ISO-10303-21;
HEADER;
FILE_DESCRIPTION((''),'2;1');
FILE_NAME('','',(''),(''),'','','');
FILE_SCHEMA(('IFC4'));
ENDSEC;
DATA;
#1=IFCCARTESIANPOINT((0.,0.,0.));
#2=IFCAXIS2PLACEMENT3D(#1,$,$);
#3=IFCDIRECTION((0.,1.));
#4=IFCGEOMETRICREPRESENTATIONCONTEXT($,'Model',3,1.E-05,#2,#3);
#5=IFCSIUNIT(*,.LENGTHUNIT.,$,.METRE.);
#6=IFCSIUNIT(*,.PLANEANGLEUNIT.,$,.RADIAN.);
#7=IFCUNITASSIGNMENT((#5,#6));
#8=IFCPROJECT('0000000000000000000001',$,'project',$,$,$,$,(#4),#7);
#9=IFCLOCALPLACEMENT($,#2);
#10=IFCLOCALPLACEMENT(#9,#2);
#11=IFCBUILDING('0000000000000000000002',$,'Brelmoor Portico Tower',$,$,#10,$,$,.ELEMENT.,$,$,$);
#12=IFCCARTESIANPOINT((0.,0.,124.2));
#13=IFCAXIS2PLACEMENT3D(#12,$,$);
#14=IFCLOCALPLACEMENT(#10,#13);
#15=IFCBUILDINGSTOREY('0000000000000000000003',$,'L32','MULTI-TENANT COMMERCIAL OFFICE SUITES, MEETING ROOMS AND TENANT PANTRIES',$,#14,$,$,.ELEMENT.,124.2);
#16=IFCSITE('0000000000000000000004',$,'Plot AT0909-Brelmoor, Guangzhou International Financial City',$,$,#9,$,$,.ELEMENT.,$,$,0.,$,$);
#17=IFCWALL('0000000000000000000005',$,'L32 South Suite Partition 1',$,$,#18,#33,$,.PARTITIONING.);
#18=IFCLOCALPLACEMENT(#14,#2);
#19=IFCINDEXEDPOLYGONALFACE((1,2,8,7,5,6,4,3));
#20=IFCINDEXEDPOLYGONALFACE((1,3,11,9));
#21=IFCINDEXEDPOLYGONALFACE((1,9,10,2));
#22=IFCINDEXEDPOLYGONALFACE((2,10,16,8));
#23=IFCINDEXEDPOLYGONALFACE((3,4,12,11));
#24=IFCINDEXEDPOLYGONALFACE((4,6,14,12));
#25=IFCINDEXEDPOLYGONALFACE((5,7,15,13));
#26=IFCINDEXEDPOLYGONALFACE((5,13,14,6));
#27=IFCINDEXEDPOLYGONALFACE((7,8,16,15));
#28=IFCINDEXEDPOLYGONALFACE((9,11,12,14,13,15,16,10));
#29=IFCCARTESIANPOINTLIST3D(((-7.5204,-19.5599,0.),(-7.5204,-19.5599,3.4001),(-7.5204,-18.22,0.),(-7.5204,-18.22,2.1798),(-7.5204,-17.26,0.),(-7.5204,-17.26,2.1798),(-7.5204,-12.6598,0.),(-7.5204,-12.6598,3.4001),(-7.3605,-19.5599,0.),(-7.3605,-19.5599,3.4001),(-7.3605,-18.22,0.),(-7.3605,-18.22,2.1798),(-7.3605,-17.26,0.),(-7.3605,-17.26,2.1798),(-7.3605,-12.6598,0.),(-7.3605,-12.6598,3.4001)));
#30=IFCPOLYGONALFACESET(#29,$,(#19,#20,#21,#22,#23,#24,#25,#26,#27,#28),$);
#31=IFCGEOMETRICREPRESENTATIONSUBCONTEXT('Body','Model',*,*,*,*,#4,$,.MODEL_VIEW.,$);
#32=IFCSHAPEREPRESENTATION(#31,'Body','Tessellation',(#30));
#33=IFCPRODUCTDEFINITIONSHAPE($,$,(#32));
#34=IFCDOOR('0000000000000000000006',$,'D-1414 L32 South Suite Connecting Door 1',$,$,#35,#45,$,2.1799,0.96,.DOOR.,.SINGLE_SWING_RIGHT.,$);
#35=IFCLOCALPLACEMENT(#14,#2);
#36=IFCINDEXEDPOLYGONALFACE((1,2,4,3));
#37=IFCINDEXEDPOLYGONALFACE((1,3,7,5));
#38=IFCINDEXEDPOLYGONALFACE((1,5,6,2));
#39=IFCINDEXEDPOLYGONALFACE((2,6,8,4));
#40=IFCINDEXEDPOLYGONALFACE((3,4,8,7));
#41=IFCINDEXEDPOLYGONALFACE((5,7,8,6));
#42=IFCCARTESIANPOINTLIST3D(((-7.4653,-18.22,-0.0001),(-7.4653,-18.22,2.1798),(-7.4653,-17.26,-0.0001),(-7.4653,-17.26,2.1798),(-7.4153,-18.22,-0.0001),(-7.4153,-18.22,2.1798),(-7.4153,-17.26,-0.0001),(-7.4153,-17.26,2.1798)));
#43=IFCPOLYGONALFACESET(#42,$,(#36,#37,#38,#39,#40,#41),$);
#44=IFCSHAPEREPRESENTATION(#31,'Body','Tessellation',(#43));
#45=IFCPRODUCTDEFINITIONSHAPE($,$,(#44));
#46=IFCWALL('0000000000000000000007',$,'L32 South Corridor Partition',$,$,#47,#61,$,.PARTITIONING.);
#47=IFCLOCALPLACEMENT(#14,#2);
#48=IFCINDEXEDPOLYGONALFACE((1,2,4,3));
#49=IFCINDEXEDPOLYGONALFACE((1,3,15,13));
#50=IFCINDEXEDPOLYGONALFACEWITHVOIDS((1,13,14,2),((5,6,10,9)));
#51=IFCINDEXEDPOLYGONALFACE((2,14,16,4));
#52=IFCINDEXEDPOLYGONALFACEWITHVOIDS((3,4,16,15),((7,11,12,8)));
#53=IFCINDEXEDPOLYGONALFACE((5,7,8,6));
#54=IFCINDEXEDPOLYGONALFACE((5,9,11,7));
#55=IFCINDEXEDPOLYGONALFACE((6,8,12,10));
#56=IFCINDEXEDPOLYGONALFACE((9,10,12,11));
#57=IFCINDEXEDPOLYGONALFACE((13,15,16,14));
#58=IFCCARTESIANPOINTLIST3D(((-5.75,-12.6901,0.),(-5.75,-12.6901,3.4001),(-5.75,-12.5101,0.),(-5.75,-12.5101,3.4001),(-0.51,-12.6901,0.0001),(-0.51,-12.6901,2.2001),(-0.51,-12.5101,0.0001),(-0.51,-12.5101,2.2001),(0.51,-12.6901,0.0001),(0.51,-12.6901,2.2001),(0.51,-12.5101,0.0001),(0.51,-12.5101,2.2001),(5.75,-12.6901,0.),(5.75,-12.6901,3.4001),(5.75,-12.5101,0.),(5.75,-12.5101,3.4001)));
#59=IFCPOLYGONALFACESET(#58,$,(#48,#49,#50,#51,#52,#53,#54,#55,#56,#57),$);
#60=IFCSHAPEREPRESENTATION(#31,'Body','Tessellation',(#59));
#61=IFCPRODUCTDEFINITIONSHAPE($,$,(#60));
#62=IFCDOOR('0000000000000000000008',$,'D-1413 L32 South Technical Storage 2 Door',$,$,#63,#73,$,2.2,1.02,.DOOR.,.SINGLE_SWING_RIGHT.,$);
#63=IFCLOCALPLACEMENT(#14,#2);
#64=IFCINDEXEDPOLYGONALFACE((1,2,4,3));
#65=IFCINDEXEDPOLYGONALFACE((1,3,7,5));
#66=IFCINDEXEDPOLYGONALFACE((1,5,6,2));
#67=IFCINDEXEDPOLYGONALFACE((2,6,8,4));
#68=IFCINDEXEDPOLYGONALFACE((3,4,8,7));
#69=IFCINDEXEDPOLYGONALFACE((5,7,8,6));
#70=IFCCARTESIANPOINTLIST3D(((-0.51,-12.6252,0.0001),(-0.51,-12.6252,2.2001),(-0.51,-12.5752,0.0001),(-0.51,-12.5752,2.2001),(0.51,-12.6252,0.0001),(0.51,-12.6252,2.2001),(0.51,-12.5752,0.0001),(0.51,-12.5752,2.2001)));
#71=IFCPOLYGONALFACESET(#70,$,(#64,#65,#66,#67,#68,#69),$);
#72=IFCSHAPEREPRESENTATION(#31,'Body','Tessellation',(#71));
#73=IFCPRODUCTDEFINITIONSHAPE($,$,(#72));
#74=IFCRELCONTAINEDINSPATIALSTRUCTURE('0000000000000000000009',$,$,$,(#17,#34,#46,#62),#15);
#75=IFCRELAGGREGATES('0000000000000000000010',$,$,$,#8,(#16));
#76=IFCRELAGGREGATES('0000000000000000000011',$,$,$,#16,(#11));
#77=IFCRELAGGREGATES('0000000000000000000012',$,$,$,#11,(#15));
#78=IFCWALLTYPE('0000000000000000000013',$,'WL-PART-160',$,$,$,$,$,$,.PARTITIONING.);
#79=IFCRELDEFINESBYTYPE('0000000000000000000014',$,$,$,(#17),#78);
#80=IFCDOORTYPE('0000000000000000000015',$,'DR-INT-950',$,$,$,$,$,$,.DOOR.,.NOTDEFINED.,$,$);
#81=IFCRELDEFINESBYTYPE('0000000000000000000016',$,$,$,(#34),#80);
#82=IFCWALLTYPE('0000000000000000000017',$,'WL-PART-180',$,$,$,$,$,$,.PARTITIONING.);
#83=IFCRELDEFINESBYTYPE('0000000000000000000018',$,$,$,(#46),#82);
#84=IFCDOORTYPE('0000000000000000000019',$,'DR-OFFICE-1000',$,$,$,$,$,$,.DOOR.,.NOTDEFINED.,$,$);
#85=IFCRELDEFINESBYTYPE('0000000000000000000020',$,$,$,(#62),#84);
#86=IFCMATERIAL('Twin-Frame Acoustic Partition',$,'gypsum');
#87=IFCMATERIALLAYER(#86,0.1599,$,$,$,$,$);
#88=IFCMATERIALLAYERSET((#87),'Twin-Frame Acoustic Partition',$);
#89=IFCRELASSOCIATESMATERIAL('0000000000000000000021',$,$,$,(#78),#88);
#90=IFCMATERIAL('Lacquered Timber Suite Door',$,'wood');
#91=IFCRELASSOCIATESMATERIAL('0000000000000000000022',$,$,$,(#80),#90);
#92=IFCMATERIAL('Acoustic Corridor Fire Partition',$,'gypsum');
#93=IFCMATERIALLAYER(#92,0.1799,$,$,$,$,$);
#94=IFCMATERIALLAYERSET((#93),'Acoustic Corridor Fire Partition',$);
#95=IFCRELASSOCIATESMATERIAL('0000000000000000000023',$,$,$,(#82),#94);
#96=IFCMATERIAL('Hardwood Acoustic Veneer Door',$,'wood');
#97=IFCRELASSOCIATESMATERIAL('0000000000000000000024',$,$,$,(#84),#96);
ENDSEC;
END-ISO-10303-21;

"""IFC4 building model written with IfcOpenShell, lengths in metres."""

from ifc_helpers import new_model, si_unit, direction, frame, frame_2d, origin, place, context, subcontext, project, spatial, rectangle, extrude, material, layer, layer_set, type_object, element, fill, save


model = new_model("IFC4")

# Units and contexts
model_context = context("Model", 3, precision=1e-05, world=origin(), true_north=direction((0.0, 1.0)))
body_context = subcontext(model_context, "Body", "Model", "MODEL_VIEW")
ifc_project = project(units=[si_unit("LENGTHUNIT", "METRE"), si_unit("PLANEANGLEUNIT", "RADIAN")], contexts=[model_context])

# Site, building, storey
site_placement = place(None, origin())
site = spatial("IfcSite", under=ifc_project, at=site_placement, Name="Plot AT0909-Brelmoor, Guangzhou International Financial City", CompositionType="ELEMENT", RefElevation=0.0)
building_placement = place(site_placement, origin())
building = spatial("IfcBuilding", under=site, at=building_placement, Name="Brelmoor Portico Tower", CompositionType="ELEMENT")
storey_placement = place(building_placement, frame((0.0, 0.0, 124.2)))
storey = spatial("IfcBuildingStorey", under=building, at=storey_placement, Name="L32", Description="MULTI-TENANT COMMERCIAL OFFICE SUITES, MEETING ROOMS AND TENANT PANTRIES", CompositionType="ELEMENT", Elevation=124.2)

# Walls, openings, doors
ifc_material_1 = material(Name="Twin-Frame Acoustic Partition", Category="gypsum")
ifc_layer_1 = layer(ifc_material_1, 0.1599)
ifc_layer_set_1 = layer_set([ifc_layer_1], Name="Twin-Frame Acoustic Partition")
wall_type_1 = type_object("IfcWallType", Name="WL-PART-160", PredefinedType="PARTITIONING", material=ifc_layer_set_1)
wall_1_placement = place(storey_placement, frame((-7.4404, -19.5601, 0.0), z_axis=(0.0, 0.0, 1.0), x_axis=(0.0, 1.0, 0.0)))
wall_1 = element("IfcWall", 1, at=wall_1_placement, inside=storey, type_object=wall_type_1, Name="L32 South Suite Partition 1", PredefinedType="PARTITIONING", context=body_context, shape_type="SweptSolid", body=[
    extrude(rectangle(XDim=6.9001, YDim=0.1599, at=frame_2d((3.4502, 0.0))), origin(), (0.0, 0.0, 1.0), 3.4001),
])
opening_1_placement = place(wall_1_placement, frame((1.3401, 0.0, 0.0)))
opening_1 = element("IfcOpeningElement", 2, at=opening_1_placement, cuts=wall_1, PredefinedType="OPENING", context=body_context, shape_type="SweptSolid", body=[
    extrude(rectangle(XDim=0.96, YDim=2.1799, at=frame_2d((0.48, 1.0898))), frame((0.0, 0.0898, 0.0), z_axis=(0.0, -1.0, 0.0), x_axis=(1.0, 0.0, 0.0)), (0.0, 0.0, 1.0), 0.1799),
])
ifc_material_2 = material(Name="Lacquered Timber Suite Door", Category="wood")
door_type_1 = type_object("IfcDoorType", Name="DR-INT-950", OperationType="NOTDEFINED", PredefinedType="DOOR", material=ifc_material_2)
door_1_placement = place(opening_1_placement, origin())
door_1 = element("IfcDoor", 3, at=door_1_placement, inside=storey, type_object=door_type_1, Name="D-1414 L32 South Suite Connecting Door 1", OperationType="SINGLE_SWING_RIGHT", OverallHeight=2.1799, OverallWidth=0.96, PredefinedType="DOOR", context=body_context, shape_type="SweptSolid", body=[
    extrude(rectangle(XDim=0.96, YDim=2.1799, at=frame_2d((0.48, 1.0898))), frame((0.0, 0.0249, 0.0), z_axis=(0.0, -1.0, 0.0), x_axis=(1.0, 0.0, 0.0)), (0.0, 0.0, 1.0), 0.05),
])
fill(opening_1, door_1)
ifc_material_3 = material(Name="Acoustic Corridor Fire Partition", Category="gypsum")
ifc_layer_2 = layer(ifc_material_3, 0.1799)
ifc_layer_set_2 = layer_set([ifc_layer_2], Name="Acoustic Corridor Fire Partition")
wall_type_2 = type_object("IfcWallType", Name="WL-PART-180", PredefinedType="PARTITIONING", material=ifc_layer_set_2)
wall_2_placement = place(storey_placement, frame((-5.75, -12.6001, 0.0), z_axis=(0.0, 0.0, 1.0), x_axis=(1.0, 0.0, 0.0)))
wall_2 = element("IfcWall", 4, at=wall_2_placement, inside=storey, type_object=wall_type_2, Name="L32 South Corridor Partition", PredefinedType="PARTITIONING", context=body_context, shape_type="SweptSolid", body=[
    extrude(rectangle(XDim=11.5, YDim=0.1799, at=frame_2d((5.75, 0.0))), origin(), (0.0, 0.0, 1.0), 3.4001),
])
opening_2_placement = place(wall_2_placement, frame((5.24, 0.0, 0.0)))
opening_2 = element("IfcOpeningElement", 5, at=opening_2_placement, cuts=wall_2, PredefinedType="OPENING", context=body_context, shape_type="SweptSolid", body=[
    extrude(rectangle(XDim=1.02, YDim=2.2, at=frame_2d((0.51, 1.1001))), frame((0.0, 0.0999, 0.0), z_axis=(0.0, -1.0, 0.0), x_axis=(1.0, 0.0, 0.0)), (0.0, 0.0, 1.0), 0.2),
])
ifc_material_4 = material(Name="Hardwood Acoustic Veneer Door", Category="wood")
door_type_2 = type_object("IfcDoorType", Name="DR-OFFICE-1000", OperationType="NOTDEFINED", PredefinedType="DOOR", material=ifc_material_4)
door_2_placement = place(opening_2_placement, origin())
door_2 = element("IfcDoor", 6, at=door_2_placement, inside=storey, type_object=door_type_2, Name="D-1413 L32 South Technical Storage 2 Door", OperationType="SINGLE_SWING_RIGHT", OverallHeight=2.2, OverallWidth=1.02, PredefinedType="DOOR", context=body_context, shape_type="SweptSolid", body=[
    extrude(rectangle(XDim=1.02, YDim=2.2, at=frame_2d((0.51, 1.1001))), frame((0.0, 0.0249, 0.0), z_axis=(0.0, -1.0, 0.0), x_axis=(1.0, 0.0, 0.0)), (0.0, 0.0, 1.0), 0.05),
])
fill(opening_2, door_2)

save(model, "model.ifc")
